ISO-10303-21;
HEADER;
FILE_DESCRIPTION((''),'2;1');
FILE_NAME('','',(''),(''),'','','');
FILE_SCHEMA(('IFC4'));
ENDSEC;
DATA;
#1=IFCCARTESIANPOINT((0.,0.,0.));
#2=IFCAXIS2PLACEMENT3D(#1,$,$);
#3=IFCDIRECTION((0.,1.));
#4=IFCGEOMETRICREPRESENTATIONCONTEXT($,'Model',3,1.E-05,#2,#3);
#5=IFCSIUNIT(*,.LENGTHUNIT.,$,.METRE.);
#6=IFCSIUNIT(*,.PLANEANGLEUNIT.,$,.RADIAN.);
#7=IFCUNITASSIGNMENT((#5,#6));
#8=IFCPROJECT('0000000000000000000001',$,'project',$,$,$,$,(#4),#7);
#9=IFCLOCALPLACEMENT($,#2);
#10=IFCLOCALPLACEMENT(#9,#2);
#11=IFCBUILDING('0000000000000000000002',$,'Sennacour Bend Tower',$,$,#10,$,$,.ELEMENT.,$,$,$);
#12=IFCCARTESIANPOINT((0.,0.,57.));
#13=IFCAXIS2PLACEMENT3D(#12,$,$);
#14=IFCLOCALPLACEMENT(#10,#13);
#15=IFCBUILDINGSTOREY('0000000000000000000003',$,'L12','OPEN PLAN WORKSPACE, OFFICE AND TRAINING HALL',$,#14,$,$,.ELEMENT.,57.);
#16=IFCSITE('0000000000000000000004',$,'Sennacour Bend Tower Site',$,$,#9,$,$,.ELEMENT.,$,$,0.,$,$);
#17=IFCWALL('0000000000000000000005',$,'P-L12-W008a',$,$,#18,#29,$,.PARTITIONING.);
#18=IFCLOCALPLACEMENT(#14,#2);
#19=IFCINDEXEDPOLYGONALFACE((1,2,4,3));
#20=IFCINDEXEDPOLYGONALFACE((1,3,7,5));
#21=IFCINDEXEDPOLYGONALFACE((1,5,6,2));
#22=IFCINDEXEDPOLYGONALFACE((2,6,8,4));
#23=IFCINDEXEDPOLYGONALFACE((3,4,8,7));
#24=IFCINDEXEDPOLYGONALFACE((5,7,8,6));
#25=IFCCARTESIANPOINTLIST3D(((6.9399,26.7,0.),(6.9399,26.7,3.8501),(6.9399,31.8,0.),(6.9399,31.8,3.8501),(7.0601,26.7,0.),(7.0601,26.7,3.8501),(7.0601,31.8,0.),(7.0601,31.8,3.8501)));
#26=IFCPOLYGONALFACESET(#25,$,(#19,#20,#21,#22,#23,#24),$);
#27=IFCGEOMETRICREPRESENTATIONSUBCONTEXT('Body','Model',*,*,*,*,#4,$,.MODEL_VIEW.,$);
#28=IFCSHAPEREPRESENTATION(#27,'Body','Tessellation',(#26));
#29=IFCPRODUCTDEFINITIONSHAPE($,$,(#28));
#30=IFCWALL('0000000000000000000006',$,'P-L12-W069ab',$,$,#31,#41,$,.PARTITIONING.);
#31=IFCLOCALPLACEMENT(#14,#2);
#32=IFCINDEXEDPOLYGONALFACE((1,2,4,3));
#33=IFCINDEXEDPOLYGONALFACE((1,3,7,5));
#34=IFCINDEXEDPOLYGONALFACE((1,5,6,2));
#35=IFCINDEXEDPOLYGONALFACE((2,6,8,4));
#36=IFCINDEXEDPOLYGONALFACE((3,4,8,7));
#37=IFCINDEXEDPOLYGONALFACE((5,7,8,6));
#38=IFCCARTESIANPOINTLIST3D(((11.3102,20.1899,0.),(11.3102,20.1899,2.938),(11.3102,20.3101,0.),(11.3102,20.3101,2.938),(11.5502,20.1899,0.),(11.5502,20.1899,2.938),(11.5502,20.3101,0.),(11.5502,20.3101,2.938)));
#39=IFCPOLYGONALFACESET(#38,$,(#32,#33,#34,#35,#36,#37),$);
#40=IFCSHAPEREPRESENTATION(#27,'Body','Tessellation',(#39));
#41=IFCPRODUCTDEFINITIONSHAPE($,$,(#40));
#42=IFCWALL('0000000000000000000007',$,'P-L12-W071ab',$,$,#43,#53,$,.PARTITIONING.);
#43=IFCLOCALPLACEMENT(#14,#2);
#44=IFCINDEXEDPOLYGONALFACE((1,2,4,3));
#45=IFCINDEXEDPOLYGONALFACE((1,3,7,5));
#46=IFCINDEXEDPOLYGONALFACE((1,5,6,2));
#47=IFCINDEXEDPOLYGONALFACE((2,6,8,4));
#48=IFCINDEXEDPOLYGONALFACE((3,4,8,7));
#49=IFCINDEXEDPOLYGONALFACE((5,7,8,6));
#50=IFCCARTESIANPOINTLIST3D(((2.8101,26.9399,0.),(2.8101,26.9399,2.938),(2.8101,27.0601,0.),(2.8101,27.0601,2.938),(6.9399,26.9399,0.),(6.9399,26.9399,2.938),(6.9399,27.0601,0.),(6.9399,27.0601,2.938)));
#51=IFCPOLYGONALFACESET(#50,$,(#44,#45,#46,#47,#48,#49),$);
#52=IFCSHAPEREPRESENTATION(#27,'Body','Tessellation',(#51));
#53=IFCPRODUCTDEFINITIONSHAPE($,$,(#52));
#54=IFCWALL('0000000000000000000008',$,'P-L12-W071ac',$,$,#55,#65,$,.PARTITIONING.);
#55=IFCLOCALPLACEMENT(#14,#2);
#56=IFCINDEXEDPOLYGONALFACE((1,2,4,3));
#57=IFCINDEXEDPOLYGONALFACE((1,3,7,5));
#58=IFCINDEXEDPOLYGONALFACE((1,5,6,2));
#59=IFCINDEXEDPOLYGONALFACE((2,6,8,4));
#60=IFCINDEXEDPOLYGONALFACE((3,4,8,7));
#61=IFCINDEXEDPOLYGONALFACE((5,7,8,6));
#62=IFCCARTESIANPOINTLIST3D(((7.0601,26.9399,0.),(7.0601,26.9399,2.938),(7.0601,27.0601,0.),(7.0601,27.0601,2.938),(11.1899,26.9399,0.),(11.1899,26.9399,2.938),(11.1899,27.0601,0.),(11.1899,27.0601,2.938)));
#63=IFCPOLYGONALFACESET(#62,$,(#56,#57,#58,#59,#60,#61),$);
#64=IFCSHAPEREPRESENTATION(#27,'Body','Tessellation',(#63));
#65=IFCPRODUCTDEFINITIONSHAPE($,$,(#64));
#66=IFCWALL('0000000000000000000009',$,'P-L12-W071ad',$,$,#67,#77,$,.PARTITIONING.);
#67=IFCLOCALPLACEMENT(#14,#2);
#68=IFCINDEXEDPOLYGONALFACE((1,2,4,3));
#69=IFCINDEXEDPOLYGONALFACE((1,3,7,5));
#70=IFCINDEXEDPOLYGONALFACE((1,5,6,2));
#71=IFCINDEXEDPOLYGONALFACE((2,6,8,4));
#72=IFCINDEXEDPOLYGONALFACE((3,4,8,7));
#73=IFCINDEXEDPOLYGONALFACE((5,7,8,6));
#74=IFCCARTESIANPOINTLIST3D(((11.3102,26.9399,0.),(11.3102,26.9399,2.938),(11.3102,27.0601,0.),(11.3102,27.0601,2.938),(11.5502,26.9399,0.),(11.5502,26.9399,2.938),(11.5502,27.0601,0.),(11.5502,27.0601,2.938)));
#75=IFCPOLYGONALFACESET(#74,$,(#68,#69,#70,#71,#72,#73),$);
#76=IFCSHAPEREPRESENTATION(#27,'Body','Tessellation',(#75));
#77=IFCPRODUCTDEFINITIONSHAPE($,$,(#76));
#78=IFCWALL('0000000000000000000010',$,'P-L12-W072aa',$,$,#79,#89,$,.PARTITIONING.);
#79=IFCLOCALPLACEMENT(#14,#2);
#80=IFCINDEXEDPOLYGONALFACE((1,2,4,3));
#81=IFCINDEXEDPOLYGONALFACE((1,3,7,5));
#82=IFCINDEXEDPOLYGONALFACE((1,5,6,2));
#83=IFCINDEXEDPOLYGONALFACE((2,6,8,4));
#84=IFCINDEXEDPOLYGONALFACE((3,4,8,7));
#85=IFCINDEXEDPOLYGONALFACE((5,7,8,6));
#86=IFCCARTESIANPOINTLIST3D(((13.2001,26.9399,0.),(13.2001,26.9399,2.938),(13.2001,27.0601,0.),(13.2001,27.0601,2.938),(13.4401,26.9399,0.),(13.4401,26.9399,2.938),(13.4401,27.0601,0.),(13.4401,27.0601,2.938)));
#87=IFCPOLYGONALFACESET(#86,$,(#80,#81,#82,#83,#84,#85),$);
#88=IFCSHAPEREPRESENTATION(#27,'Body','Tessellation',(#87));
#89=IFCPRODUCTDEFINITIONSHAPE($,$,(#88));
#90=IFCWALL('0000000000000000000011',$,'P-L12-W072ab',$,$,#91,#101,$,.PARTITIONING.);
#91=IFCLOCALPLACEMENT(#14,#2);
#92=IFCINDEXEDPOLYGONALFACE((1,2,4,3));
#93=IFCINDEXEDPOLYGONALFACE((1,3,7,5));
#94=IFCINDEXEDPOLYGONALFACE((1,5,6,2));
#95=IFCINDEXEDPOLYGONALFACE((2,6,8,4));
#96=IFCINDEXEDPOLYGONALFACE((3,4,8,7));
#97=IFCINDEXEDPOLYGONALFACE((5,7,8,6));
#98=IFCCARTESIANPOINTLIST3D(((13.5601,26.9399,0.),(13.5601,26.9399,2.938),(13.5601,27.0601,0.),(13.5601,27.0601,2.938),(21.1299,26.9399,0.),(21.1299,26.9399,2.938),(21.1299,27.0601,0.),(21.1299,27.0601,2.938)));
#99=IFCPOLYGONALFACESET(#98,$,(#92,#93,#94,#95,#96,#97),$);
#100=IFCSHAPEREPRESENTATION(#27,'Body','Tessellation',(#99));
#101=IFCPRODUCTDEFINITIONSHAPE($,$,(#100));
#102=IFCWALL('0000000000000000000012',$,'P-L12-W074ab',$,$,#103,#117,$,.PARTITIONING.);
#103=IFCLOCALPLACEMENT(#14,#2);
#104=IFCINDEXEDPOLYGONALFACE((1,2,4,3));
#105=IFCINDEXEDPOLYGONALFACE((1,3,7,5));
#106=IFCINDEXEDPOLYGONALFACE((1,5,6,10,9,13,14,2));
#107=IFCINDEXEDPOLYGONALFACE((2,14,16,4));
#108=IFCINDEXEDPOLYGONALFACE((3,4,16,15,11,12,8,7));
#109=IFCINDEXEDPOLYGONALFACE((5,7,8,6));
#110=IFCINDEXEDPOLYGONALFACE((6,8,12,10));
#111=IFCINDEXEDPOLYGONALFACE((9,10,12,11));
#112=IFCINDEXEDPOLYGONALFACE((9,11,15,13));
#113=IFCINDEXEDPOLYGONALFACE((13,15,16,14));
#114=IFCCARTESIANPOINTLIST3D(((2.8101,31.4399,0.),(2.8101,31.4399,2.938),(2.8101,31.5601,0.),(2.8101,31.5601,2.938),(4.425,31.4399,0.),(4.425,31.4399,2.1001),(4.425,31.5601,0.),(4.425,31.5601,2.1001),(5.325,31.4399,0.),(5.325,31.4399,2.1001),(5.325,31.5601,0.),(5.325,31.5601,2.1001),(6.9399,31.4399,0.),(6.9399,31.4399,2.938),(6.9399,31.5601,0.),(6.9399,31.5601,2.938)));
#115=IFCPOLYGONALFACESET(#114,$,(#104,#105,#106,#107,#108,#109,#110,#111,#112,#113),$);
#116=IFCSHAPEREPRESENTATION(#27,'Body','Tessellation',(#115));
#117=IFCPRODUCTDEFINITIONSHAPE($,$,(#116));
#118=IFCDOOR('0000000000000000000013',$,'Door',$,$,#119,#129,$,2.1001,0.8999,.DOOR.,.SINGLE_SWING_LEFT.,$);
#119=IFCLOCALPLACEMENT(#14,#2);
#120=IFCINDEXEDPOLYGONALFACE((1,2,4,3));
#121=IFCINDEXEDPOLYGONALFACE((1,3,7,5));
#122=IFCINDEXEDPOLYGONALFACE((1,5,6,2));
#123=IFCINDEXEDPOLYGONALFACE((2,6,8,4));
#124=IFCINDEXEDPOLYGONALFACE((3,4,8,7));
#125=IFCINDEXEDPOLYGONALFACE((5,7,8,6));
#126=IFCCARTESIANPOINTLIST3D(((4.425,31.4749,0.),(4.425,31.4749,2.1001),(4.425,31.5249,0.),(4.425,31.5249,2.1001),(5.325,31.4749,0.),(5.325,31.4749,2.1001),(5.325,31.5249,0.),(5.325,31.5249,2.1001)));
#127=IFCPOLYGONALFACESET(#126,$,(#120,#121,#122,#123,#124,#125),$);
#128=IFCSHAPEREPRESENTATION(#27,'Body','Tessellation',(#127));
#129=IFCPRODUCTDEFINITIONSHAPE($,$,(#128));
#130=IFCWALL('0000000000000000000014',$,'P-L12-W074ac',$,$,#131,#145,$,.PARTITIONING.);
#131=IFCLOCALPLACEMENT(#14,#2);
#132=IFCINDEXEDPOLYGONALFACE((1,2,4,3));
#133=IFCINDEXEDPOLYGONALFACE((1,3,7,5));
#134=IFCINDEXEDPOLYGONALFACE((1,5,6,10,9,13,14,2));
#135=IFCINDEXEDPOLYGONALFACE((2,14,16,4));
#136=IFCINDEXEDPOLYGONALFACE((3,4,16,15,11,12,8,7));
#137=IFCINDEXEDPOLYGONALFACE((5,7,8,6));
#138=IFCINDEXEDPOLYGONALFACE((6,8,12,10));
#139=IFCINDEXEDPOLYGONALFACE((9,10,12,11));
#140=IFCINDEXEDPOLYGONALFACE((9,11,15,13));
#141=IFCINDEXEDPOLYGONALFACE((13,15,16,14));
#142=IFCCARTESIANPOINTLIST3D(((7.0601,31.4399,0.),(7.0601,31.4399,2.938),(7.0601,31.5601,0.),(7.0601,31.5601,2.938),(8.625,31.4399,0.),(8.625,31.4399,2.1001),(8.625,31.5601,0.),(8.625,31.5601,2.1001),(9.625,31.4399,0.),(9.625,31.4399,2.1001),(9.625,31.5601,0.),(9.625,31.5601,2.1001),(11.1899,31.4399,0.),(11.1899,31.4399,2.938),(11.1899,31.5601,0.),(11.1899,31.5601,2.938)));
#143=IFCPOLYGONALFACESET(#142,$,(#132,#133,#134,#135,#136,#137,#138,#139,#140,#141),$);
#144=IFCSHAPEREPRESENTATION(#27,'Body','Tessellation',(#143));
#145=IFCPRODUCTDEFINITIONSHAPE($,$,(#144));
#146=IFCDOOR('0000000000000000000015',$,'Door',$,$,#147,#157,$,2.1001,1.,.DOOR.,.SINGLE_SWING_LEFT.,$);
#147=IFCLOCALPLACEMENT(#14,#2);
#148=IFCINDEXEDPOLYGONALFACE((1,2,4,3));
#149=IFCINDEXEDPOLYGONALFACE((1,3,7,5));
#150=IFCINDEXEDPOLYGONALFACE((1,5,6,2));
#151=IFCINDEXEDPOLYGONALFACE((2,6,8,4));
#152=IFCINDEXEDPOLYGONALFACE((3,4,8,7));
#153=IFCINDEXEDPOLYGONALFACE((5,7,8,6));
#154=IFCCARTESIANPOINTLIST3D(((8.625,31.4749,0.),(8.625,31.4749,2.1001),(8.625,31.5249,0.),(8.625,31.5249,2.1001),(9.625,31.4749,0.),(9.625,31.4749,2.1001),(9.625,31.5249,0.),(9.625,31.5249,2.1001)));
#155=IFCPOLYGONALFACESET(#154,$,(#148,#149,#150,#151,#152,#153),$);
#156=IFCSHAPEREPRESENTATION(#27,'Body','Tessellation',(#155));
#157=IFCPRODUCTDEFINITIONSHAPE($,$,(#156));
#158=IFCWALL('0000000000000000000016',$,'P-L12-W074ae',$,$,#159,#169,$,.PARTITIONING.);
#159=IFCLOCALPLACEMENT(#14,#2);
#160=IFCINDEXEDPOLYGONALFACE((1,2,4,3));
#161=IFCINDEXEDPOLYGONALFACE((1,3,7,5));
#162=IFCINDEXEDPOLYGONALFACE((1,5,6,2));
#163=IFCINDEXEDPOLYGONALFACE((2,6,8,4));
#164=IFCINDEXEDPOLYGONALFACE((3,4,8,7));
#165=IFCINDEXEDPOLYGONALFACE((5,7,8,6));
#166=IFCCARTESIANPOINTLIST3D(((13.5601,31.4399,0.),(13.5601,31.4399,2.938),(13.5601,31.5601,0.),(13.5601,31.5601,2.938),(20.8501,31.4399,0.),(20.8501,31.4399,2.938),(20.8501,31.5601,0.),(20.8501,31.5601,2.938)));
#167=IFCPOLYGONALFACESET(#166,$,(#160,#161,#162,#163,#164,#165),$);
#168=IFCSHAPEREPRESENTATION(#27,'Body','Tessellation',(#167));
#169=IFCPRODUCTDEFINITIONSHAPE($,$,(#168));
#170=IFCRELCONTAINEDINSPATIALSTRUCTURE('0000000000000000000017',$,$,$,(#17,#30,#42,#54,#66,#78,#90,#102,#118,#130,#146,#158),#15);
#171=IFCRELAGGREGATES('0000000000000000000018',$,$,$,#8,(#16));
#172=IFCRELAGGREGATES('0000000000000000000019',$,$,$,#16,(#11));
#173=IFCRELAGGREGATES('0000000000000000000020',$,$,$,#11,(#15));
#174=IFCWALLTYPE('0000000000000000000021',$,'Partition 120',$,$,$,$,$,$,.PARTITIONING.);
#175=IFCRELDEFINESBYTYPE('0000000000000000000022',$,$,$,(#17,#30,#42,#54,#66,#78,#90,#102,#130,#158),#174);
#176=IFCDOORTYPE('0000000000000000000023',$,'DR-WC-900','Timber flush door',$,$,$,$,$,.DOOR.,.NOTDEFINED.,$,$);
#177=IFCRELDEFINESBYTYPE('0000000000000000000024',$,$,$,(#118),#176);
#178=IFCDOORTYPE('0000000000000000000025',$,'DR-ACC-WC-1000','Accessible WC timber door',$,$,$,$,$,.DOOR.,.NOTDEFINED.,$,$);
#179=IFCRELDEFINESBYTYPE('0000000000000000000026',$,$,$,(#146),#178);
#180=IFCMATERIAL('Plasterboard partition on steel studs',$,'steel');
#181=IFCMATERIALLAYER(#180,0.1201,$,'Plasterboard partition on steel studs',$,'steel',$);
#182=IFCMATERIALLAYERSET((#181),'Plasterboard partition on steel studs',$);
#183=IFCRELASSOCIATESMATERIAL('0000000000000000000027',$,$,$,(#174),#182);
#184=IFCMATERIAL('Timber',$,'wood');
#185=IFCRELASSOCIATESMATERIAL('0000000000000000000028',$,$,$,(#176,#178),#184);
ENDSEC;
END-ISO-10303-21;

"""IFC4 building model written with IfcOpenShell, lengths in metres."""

from ifc_helpers import new_model, si_unit, direction, frame, frame_2d, origin, place, context, subcontext, project, spatial, rectangle, extrude, material, layer, layer_set, type_object, element, fill, save


model = new_model("IFC4")

# Units and contexts
model_context = context("Model", 3, precision=1e-05, world=origin(), true_north=direction((0.0, 1.0)))
body_context = subcontext(model_context, "Body", "Model", "MODEL_VIEW")
ifc_project = project(units=[si_unit("LENGTHUNIT", "METRE"), si_unit("PLANEANGLEUNIT", "RADIAN")], contexts=[model_context])

# Site, building, storey
site_placement = place(None, origin())
site = spatial("IfcSite", under=ifc_project, at=site_placement, Name="Sennacour Bend Tower Site", CompositionType="ELEMENT", RefElevation=0.0)
building_placement = place(site_placement, origin())
building = spatial("IfcBuilding", under=site, at=building_placement, Name="Sennacour Bend Tower", CompositionType="ELEMENT")
storey_placement = place(building_placement, frame((0.0, 0.0, 57.0)))
storey = spatial("IfcBuildingStorey", under=building, at=storey_placement, Name="L12", Description="OPEN PLAN WORKSPACE, OFFICE AND TRAINING HALL", CompositionType="ELEMENT", Elevation=57.0)

# Walls
ifc_material_1 = material(Name="Plasterboard partition on steel studs", Category="steel")
ifc_layer_1 = layer(ifc_material_1, 0.1201, Name="Plasterboard partition on steel studs", Category="steel")
ifc_layer_set_1 = layer_set([ifc_layer_1], Name="Plasterboard partition on steel studs")
wall_type_1 = type_object("IfcWallType", Name="Partition 120", PredefinedType="PARTITIONING", material=ifc_layer_set_1)
for number, where, z_axis, x_axis, name in (
    (1, (7.0, 26.7, 0.0), (0.0, 0.0, 1.0), (0.0, 1.0, 0.0), "P-L12-W008a"),
):
    element("IfcWall", number, at=place(storey_placement, frame(where, z_axis=z_axis, x_axis=x_axis)), inside=storey, type_object=wall_type_1, Name=name, PredefinedType="PARTITIONING", context=body_context, shape_type="SweptSolid", body=[
        extrude(rectangle(XDim=5.1001, YDim=0.1201, at=frame_2d((2.55, 0.0))), origin(), (0.0, 0.0, 1.0), 3.8501),
    ])
wall_1_placement = place(storey_placement, frame((11.3101, 20.25, 0.0), z_axis=(0.0, 0.0, 1.0), x_axis=(1.0, 0.0, 0.0)))
element("IfcWall", 2, at=wall_1_placement, inside=storey, type_object=wall_type_1, Name="P-L12-W069ab", PredefinedType="PARTITIONING", context=body_context, shape_type="SweptSolid", body=[
    extrude(rectangle(XDim=0.24, YDim=0.1201, at=frame_2d((0.1201, 0.0))), origin(), (0.0, 0.0, 1.0), 2.938),
])
for number, where, z_axis, x_axis, name in (
    (3, (2.8101, 27.0, 0.0), (0.0, 0.0, 1.0), (1.0, 0.0, 0.0), "P-L12-W071ab"),
    (4, (7.0601, 27.0, 0.0), (0.0, 0.0, 1.0), (1.0, 0.0, 0.0), "P-L12-W071ac"),
):
    element("IfcWall", number, at=place(storey_placement, frame(where, z_axis=z_axis, x_axis=x_axis)), inside=storey, type_object=wall_type_1, Name=name, PredefinedType="PARTITIONING", context=body_context, shape_type="SweptSolid", body=[
        extrude(rectangle(XDim=4.1299, YDim=0.1201, at=frame_2d((2.0649, 0.0))), origin(), (0.0, 0.0, 1.0), 2.938),
    ])
for number, where, z_axis, x_axis, name in (
    (5, (11.3101, 27.0, 0.0), (0.0, 0.0, 1.0), (1.0, 0.0, 0.0), "P-L12-W071ad"),
    (6, (13.2, 27.0, 0.0), (0.0, 0.0, 1.0), (1.0, 0.0, 0.0), "P-L12-W072aa"),
):
    element("IfcWall", number, at=place(storey_placement, frame(where, z_axis=z_axis, x_axis=x_axis)), inside=storey, type_object=wall_type_1, Name=name, PredefinedType="PARTITIONING", context=body_context, shape_type="SweptSolid", body=[
        extrude(rectangle(XDim=0.24, YDim=0.1201, at=frame_2d((0.1201, 0.0))), origin(), (0.0, 0.0, 1.0), 2.938),
    ])
wall_2_placement = place(storey_placement, frame((13.5601, 27.0, 0.0), z_axis=(0.0, 0.0, 1.0), x_axis=(1.0, 0.0, 0.0)))
element("IfcWall", 7, at=wall_2_placement, inside=storey, type_object=wall_type_1, Name="P-L12-W072ab", PredefinedType="PARTITIONING", context=body_context, shape_type="SweptSolid", body=[
    extrude(rectangle(XDim=7.5698, YDim=0.1201, at=frame_2d((3.7849, 0.0))), origin(), (0.0, 0.0, 1.0), 2.938),
])

# Walls, openings, doors
wall_3_placement = place(storey_placement, frame((2.8101, 31.5, 0.0), z_axis=(0.0, 0.0, 1.0), x_axis=(1.0, 0.0, 0.0)))
wall_3 = element("IfcWall", 8, at=wall_3_placement, inside=storey, type_object=wall_type_1, Name="P-L12-W074ab", PredefinedType="PARTITIONING", context=body_context, shape_type="SweptSolid", body=[
    extrude(rectangle(XDim=4.1299, YDim=0.1201, at=frame_2d((2.0649, 0.0))), origin(), (0.0, 0.0, 1.0), 2.938),
])
opening_1_placement = place(wall_3_placement, frame((1.615, 0.0, 0.0)))
opening_1 = element("IfcOpeningElement", 9, at=opening_1_placement, cuts=wall_3, PredefinedType="OPENING", context=body_context, shape_type="SweptSolid", body=[
    extrude(rectangle(XDim=0.8999, YDim=2.1001, at=frame_2d((0.45, 1.05))), frame((0.0, 0.0701, 0.0), z_axis=(0.0, -1.0, 0.0), x_axis=(1.0, 0.0, 0.0)), (0.0, 0.0, 1.0), 0.1401),
])
ifc_material_2 = material(Name="Timber", Category="wood")
door_type_1 = type_object("IfcDoorType", Name="DR-WC-900", Description="Timber flush door", OperationType="NOTDEFINED", PredefinedType="DOOR", material=ifc_material_2)
door_1_placement = place(opening_1_placement, origin())
door_1 = element("IfcDoor", 10, at=door_1_placement, inside=storey, type_object=door_type_1, Name="Door", OperationType="SINGLE_SWING_LEFT", OverallHeight=2.1001, OverallWidth=0.8999, PredefinedType="DOOR", context=body_context, shape_type="SweptSolid", body=[
    extrude(rectangle(XDim=0.8999, YDim=2.1001, at=frame_2d((0.45, 1.05))), frame((0.0, 0.0249, 0.0), z_axis=(0.0, -1.0, 0.0), x_axis=(1.0, 0.0, 0.0)), (0.0, 0.0, 1.0), 0.05),
])
fill(opening_1, door_1)
wall_4_placement = place(storey_placement, frame((7.0601, 31.5, 0.0), z_axis=(0.0, 0.0, 1.0), x_axis=(1.0, 0.0, 0.0)))
wall_4 = element("IfcWall", 11, at=wall_4_placement, inside=storey, type_object=wall_type_1, Name="P-L12-W074ac", PredefinedType="PARTITIONING", context=body_context, shape_type="SweptSolid", body=[
    extrude(rectangle(XDim=4.1299, YDim=0.1201, at=frame_2d((2.0649, 0.0))), origin(), (0.0, 0.0, 1.0), 2.938),
])
opening_2_placement = place(wall_4_placement, frame((1.5649, 0.0, 0.0)))
opening_2 = element("IfcOpeningElement", 12, at=opening_2_placement, cuts=wall_4, PredefinedType="OPENING", context=body_context, shape_type="SweptSolid", body=[
    extrude(rectangle(XDim=1.0, YDim=2.1001, at=frame_2d((0.5, 1.05))), frame((0.0, 0.0701, 0.0), z_axis=(0.0, -1.0, 0.0), x_axis=(1.0, 0.0, 0.0)), (0.0, 0.0, 1.0), 0.1401),
])
door_type_2 = type_object("IfcDoorType", Name="DR-ACC-WC-1000", Description="Accessible WC timber door", OperationType="NOTDEFINED", PredefinedType="DOOR", material=ifc_material_2)
door_2_placement = place(opening_2_placement, origin())
door_2 = element("IfcDoor", 13, at=door_2_placement, inside=storey, type_object=door_type_2, Name="Door", OperationType="SINGLE_SWING_LEFT", OverallHeight=2.1001, OverallWidth=1.0, PredefinedType="DOOR", context=body_context, shape_type="SweptSolid", body=[
    extrude(rectangle(XDim=1.0, YDim=2.1001, at=frame_2d((0.5, 1.05))), frame((0.0, 0.0249, 0.0), z_axis=(0.0, -1.0, 0.0), x_axis=(1.0, 0.0, 0.0)), (0.0, 0.0, 1.0), 0.05),
])
fill(opening_2, door_2)

# Wall
wall_5_placement = place(storey_placement, frame((13.5601, 31.5, 0.0), z_axis=(0.0, 0.0, 1.0), x_axis=(1.0, 0.0, 0.0)))
element("IfcWall", 14, at=wall_5_placement, inside=storey, type_object=wall_type_1, Name="P-L12-W074ae", PredefinedType="PARTITIONING", context=body_context, shape_type="SweptSolid", body=[
    extrude(rectangle(XDim=7.29, YDim=0.1201, at=frame_2d((3.645, 0.0))), origin(), (0.0, 0.0, 1.0), 2.938),
])

save(model, "model.ifc")
